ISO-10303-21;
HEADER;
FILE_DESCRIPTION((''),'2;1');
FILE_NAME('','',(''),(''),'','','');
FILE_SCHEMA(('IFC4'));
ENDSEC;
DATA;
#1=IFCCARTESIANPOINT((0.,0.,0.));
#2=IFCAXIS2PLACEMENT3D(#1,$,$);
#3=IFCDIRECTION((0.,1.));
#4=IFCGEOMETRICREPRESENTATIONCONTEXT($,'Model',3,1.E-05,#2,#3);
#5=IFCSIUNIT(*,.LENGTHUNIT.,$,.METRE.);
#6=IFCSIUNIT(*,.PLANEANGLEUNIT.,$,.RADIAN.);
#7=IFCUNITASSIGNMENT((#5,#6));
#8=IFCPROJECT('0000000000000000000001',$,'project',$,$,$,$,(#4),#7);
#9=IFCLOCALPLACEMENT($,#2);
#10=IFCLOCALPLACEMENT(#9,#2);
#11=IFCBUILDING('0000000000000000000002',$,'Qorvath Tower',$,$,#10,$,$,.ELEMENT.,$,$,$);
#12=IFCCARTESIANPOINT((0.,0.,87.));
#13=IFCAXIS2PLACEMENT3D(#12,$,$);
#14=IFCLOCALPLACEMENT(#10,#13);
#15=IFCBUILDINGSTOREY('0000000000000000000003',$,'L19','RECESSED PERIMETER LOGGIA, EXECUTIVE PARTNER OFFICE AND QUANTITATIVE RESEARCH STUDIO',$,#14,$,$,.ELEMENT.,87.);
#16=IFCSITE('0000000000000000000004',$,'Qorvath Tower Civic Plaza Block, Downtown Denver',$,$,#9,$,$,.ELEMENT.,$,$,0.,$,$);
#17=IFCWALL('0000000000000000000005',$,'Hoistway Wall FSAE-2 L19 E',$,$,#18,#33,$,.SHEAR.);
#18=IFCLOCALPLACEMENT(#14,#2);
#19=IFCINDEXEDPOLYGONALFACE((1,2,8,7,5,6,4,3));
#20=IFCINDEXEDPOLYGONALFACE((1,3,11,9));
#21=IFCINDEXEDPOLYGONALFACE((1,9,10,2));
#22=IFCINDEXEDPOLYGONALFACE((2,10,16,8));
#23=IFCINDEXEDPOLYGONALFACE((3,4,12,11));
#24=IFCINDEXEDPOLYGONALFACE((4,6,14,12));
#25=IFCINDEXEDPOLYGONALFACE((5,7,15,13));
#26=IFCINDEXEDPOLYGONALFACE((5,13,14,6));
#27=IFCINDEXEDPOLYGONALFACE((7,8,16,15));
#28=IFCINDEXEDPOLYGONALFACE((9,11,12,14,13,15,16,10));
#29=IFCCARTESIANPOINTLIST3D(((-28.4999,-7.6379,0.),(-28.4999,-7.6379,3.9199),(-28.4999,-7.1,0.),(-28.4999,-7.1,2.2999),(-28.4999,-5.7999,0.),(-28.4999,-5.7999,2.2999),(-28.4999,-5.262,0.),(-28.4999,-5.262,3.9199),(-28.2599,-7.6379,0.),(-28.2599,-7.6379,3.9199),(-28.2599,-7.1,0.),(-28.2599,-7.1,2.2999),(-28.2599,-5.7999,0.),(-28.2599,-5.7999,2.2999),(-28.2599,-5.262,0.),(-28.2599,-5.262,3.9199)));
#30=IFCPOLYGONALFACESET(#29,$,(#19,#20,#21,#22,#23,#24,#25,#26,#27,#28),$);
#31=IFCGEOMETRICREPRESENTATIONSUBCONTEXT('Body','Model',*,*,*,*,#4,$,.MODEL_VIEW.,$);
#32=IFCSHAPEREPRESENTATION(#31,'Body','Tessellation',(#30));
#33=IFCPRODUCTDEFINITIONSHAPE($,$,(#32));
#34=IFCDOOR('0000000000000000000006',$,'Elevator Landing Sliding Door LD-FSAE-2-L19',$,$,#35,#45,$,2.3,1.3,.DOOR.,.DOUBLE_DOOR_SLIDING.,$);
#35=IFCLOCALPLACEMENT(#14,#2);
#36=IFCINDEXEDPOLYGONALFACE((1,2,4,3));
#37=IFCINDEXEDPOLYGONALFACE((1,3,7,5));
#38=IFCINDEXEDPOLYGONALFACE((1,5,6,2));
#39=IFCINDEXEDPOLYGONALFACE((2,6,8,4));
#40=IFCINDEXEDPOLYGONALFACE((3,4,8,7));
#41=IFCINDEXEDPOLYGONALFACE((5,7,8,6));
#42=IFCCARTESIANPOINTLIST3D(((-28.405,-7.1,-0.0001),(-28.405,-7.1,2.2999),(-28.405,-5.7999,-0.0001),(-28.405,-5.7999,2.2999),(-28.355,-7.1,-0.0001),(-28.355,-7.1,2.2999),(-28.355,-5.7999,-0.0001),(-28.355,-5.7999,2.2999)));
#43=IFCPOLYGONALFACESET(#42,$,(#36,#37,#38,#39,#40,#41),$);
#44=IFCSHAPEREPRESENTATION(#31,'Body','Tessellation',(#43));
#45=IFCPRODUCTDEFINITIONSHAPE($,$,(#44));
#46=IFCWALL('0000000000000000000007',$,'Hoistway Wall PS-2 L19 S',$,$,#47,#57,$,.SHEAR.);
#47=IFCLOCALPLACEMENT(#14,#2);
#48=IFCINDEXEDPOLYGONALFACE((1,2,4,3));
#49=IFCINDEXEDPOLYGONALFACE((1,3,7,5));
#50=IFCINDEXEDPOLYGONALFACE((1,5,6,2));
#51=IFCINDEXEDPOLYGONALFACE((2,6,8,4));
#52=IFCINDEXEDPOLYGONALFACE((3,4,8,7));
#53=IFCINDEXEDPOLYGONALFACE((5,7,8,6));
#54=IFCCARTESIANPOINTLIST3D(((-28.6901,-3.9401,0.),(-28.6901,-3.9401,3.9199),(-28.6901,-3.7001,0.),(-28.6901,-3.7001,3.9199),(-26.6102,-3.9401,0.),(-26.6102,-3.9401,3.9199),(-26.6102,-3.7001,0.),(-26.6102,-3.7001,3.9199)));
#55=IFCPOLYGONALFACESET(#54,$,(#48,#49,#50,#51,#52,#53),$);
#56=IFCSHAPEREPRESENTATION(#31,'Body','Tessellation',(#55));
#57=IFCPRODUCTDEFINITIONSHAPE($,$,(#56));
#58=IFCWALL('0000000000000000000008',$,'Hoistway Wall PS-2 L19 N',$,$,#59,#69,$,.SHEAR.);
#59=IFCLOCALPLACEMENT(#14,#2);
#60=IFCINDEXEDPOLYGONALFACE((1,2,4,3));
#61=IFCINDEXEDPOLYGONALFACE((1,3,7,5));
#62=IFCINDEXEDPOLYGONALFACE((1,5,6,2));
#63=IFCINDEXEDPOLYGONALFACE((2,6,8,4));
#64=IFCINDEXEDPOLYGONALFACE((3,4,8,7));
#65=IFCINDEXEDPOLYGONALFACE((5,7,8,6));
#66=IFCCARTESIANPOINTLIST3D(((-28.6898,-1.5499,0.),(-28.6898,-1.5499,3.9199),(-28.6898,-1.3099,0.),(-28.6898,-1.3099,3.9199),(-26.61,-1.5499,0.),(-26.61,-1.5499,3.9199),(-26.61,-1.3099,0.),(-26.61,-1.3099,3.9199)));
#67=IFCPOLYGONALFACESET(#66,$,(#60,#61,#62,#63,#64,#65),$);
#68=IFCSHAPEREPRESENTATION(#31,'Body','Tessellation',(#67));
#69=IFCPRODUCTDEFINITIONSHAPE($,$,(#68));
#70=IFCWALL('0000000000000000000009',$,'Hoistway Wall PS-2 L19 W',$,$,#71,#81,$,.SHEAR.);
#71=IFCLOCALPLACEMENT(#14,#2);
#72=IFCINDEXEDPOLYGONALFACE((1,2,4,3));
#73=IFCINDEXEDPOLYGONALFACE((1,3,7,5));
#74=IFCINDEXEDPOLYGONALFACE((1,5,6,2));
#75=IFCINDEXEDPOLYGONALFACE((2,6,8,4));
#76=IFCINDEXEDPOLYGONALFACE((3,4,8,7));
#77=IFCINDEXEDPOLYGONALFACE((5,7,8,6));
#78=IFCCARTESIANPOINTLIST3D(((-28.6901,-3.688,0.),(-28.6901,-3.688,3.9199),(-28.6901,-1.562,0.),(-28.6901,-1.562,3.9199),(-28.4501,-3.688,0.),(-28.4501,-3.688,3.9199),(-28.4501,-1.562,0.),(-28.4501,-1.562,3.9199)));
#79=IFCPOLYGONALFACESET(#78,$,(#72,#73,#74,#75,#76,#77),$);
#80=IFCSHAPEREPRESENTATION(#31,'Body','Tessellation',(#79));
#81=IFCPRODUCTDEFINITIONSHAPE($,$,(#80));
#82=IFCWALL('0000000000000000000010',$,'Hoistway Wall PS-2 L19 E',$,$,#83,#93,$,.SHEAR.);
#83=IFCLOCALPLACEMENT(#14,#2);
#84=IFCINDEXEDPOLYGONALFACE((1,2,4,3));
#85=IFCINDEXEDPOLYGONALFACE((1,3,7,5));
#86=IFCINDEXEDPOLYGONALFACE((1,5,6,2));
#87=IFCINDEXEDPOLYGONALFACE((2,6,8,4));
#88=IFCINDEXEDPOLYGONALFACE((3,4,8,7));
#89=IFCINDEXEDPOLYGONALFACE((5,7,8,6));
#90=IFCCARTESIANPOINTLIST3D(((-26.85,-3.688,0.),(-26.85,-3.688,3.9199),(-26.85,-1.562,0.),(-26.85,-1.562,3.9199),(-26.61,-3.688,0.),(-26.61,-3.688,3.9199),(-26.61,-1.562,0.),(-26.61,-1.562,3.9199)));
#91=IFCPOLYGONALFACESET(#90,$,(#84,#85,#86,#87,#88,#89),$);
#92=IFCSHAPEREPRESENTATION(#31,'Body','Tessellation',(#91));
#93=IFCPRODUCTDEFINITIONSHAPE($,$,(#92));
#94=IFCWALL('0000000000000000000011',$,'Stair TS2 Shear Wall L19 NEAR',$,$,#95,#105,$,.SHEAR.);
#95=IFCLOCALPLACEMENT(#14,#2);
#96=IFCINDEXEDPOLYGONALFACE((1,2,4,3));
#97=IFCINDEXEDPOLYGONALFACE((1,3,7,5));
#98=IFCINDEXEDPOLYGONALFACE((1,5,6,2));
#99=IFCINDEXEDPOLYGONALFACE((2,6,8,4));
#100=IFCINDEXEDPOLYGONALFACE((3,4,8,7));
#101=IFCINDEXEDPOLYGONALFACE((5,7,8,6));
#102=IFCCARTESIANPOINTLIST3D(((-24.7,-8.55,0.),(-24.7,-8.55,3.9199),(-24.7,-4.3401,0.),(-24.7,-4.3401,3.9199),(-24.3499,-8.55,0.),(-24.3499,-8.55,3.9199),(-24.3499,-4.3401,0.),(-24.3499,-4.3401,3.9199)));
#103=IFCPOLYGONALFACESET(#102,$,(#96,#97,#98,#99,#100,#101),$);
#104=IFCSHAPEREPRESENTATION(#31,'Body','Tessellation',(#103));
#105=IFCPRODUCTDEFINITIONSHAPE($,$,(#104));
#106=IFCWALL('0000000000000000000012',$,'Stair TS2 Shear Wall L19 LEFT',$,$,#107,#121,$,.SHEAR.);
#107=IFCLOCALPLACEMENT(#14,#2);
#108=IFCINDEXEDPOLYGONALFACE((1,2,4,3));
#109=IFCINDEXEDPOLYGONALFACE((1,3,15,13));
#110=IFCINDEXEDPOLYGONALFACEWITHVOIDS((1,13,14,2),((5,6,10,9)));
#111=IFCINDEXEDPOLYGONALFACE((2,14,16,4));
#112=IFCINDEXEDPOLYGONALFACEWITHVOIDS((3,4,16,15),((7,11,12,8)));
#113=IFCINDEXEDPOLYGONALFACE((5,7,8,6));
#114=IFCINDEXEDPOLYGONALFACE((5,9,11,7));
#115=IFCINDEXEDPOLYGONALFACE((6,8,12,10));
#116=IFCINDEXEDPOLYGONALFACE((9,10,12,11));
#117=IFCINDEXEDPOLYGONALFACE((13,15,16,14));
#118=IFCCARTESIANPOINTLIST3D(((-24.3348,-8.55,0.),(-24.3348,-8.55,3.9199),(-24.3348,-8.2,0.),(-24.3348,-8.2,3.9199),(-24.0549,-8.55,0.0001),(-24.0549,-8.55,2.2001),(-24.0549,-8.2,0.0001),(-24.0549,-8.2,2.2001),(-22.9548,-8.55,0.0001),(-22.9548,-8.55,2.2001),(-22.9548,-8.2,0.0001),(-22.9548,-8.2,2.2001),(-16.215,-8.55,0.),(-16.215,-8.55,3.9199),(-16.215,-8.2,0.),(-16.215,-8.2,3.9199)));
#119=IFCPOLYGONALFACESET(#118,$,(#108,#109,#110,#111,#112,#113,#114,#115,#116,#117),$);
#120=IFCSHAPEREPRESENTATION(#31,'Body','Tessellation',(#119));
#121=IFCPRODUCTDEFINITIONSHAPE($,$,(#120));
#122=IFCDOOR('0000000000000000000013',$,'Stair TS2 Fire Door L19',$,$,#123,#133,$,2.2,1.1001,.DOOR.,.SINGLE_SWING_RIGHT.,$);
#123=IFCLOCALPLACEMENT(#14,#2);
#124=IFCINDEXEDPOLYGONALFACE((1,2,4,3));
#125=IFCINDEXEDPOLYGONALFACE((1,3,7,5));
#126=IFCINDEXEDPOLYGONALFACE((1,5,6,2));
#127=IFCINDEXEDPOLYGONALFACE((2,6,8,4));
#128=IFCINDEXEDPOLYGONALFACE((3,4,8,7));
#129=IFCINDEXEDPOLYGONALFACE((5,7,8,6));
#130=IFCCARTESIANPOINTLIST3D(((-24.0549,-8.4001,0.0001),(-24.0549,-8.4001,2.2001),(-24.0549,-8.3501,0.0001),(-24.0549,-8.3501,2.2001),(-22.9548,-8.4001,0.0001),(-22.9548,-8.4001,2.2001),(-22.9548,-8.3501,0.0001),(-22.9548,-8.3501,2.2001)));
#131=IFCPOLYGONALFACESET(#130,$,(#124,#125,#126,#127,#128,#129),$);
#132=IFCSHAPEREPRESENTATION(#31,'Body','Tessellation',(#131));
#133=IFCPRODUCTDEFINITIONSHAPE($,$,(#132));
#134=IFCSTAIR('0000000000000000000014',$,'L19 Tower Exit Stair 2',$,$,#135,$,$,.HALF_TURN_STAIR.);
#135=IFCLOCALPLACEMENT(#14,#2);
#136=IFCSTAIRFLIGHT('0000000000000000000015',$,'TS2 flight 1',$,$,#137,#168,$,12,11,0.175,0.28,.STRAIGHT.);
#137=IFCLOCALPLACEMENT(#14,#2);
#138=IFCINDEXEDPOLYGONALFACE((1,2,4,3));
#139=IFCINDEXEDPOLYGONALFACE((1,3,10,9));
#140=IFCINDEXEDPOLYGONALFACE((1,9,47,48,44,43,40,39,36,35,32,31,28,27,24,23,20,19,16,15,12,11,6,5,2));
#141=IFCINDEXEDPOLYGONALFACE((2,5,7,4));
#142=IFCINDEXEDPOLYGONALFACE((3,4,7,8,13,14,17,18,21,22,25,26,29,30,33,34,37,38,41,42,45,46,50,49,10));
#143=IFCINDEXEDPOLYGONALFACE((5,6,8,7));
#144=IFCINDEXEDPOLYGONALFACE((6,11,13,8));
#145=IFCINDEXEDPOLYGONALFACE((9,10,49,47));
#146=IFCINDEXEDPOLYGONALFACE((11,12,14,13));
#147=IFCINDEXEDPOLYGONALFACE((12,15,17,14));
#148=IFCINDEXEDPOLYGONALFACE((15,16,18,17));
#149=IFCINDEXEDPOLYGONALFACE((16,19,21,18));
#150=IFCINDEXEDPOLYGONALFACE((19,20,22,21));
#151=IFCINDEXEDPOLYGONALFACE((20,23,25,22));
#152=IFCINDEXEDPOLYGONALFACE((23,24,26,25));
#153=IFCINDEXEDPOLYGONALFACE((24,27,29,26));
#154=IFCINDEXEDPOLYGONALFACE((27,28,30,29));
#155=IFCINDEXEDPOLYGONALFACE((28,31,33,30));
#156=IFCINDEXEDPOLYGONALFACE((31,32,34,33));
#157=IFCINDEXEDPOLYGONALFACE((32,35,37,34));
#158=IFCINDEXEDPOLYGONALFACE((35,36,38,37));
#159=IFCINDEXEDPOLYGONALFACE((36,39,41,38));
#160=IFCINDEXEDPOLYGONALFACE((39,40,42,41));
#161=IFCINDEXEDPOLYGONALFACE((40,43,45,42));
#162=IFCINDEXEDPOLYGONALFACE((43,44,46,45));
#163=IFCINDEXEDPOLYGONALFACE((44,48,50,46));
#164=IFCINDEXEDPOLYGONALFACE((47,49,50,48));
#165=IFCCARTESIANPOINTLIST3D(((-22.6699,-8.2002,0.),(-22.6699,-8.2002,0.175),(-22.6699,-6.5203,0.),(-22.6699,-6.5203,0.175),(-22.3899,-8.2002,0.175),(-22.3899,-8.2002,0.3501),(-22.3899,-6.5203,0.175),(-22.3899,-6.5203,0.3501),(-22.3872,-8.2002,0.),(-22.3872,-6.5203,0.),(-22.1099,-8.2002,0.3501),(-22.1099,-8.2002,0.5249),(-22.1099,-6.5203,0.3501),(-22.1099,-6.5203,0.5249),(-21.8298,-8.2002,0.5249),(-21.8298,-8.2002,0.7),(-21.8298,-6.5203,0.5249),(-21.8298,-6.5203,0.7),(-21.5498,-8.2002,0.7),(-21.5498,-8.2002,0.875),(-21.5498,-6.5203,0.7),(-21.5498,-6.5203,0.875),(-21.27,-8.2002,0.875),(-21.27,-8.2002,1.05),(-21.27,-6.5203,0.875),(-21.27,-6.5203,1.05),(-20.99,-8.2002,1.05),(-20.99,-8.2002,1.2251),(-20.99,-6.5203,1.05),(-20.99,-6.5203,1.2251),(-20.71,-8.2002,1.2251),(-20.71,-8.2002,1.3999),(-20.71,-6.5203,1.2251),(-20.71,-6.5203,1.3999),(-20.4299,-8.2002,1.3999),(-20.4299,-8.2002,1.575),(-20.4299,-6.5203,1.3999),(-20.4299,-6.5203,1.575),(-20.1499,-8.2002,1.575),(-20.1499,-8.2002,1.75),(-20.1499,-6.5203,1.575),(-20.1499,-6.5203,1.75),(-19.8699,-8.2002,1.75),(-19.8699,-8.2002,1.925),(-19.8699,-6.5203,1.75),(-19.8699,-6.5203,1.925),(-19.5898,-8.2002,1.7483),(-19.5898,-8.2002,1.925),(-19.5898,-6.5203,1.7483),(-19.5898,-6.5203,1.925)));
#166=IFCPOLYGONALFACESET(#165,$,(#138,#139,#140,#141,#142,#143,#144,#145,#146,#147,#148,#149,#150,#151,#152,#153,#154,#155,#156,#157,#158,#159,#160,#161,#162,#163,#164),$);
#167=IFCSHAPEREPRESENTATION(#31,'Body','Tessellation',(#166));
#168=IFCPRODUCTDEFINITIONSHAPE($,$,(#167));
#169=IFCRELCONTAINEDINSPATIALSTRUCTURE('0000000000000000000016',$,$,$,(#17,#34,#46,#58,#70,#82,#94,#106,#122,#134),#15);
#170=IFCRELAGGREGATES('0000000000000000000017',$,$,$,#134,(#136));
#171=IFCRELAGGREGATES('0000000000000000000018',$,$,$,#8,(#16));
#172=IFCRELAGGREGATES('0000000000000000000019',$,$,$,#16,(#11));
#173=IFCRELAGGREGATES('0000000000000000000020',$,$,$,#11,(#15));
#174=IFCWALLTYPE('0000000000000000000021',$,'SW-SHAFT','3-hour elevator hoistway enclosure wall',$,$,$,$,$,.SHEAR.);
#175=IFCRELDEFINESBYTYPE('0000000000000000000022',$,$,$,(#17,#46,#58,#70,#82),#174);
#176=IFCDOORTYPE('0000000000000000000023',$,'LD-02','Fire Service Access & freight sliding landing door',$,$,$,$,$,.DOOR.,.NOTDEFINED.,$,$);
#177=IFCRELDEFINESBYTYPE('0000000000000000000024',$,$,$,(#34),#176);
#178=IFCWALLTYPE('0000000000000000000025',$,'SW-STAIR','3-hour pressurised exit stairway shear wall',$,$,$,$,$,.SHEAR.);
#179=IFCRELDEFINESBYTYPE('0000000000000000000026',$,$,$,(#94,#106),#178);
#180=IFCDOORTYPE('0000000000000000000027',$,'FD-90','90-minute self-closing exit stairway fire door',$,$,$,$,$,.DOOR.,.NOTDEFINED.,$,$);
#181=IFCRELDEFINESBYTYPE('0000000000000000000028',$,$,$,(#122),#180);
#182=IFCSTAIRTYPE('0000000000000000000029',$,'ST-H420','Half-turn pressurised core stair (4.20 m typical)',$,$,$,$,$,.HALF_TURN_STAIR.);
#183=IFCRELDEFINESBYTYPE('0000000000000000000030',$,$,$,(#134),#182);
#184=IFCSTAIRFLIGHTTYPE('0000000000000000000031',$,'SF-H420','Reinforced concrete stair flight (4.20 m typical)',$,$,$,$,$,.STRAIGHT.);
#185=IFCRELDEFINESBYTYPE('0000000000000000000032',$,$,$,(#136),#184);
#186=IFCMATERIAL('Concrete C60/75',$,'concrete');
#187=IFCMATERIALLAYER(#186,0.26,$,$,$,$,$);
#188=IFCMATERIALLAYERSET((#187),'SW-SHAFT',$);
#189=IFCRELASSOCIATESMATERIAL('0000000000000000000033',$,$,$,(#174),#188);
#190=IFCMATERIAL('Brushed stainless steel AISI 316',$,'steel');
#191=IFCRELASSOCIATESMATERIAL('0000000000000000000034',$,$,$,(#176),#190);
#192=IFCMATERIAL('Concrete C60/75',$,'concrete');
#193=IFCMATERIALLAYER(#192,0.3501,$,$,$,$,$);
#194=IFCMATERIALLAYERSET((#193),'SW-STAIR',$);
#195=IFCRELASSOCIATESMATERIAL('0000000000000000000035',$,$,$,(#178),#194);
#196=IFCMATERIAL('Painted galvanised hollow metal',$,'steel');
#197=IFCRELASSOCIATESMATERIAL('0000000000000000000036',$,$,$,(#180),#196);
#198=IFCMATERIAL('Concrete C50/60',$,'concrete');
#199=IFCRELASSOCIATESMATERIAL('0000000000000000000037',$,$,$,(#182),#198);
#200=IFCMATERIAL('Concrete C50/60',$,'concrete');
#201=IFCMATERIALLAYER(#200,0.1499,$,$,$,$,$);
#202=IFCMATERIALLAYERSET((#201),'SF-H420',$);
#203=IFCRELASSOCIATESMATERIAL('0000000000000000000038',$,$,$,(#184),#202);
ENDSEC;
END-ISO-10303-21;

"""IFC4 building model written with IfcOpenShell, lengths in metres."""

from ifc_helpers import new_model, si_unit, direction, frame, frame_2d, origin, place, context, subcontext, project, spatial, polyline, rectangle, outline, extrude, material, layer, layer_set, type_object, element, fill, aggregate, save


model = new_model("IFC4")

# Units and contexts
model_context = context("Model", 3, precision=1e-05, world=origin(), true_north=direction((0.0, 1.0)))
body_context = subcontext(model_context, "Body", "Model", "MODEL_VIEW")
ifc_project = project(units=[si_unit("LENGTHUNIT", "METRE"), si_unit("PLANEANGLEUNIT", "RADIAN")], contexts=[model_context])

# Site, building, storey
site_placement = place(None, origin())
site = spatial("IfcSite", under=ifc_project, at=site_placement, Name="Qorvath Tower Civic Plaza Block, Downtown Denver", CompositionType="ELEMENT", RefElevation=0.0)
building_placement = place(site_placement, origin())
building = spatial("IfcBuilding", under=site, at=building_placement, Name="Qorvath Tower", CompositionType="ELEMENT")
storey_placement = place(building_placement, frame((0.0, 0.0, 87.0)))
storey = spatial("IfcBuildingStorey", under=building, at=storey_placement, Name="L19", Description="RECESSED PERIMETER LOGGIA, EXECUTIVE PARTNER OFFICE AND QUANTITATIVE RESEARCH STUDIO", CompositionType="ELEMENT", Elevation=87.0)

# Shared definitions
ifc_material_1 = material(Name="Concrete C60/75", Category="concrete")
ifc_layer_1 = layer(ifc_material_1, 0.26)
ifc_layer_set_1 = layer_set([ifc_layer_1], Name="SW-SHAFT")
wall_type_1 = type_object("IfcWallType", Name="SW-SHAFT", Description="3-hour elevator hoistway enclosure wall", PredefinedType="SHEAR", material=ifc_layer_set_1)

# Wall, opening, door
wall_1_placement = place(storey_placement, frame((-28.3799, -5.262, 0.0), z_axis=(0.0, 0.0, 1.0), x_axis=(0.0, -1.0, 0.0)))
wall_1 = element("IfcWall", 1, at=wall_1_placement, inside=storey, type_object=wall_type_1, Name="Hoistway Wall FSAE-2 L19 E", PredefinedType="SHEAR", context=body_context, shape_type="SweptSolid", body=[
    extrude(rectangle(XDim=2.376, YDim=0.24, at=frame_2d((1.188, 0.0))), origin(), (0.0, 0.0, 1.0), 3.9199),
])
opening_1_placement = place(wall_1_placement, frame((0.5381, 0.0, 0.0)))
opening_1 = element("IfcOpeningElement", 2, at=opening_1_placement, cuts=wall_1, PredefinedType="OPENING", context=body_context, shape_type="SweptSolid", body=[
    extrude(rectangle(XDim=1.3, YDim=2.3, at=frame_2d((0.6499, 1.1499))), frame((0.0, 0.1299, 0.0), z_axis=(0.0, -1.0, 0.0), x_axis=(1.0, 0.0, 0.0)), (0.0, 0.0, 1.0), 0.26),
])
ifc_material_2 = material(Name="Brushed stainless steel AISI 316", Category="steel")
door_type_1 = type_object("IfcDoorType", Name="LD-02", Description="Fire Service Access & freight sliding landing door", OperationType="NOTDEFINED", PredefinedType="DOOR", material=ifc_material_2)
door_1_placement = place(opening_1_placement, origin())
door_1 = element("IfcDoor", 3, at=door_1_placement, inside=storey, type_object=door_type_1, Name="Elevator Landing Sliding Door LD-FSAE-2-L19", OperationType="DOUBLE_DOOR_SLIDING", OverallHeight=2.3, OverallWidth=1.3, PredefinedType="DOOR", context=body_context, shape_type="SweptSolid", body=[
    extrude(rectangle(XDim=1.3, YDim=2.3, at=frame_2d((0.6499, 1.1499))), frame((0.0, 0.0249, 0.0), z_axis=(0.0, -1.0, 0.0), x_axis=(1.0, 0.0, 0.0)), (0.0, 0.0, 1.0), 0.05),
])
fill(opening_1, door_1)

# Walls
for number, where, z_axis, x_axis, name in (
    (4, (-26.6101, -3.8201, 0.0), (0.0, 0.0, 1.0), (-1.0, 0.0, 0.0), "Hoistway Wall PS-2 L19 S"),
    (5, (-28.6899, -1.4299, 0.0), (0.0, 0.0, 1.0), (1.0, 0.0, 0.0), "Hoistway Wall PS-2 L19 N"),
):
    element("IfcWall", number, at=place(storey_placement, frame(where, z_axis=z_axis, x_axis=x_axis)), inside=storey, type_object=wall_type_1, Name=name, PredefinedType="SHEAR", context=body_context, shape_type="SweptSolid", body=[
        extrude(rectangle(XDim=2.0798, YDim=0.24, at=frame_2d((1.04, 0.0))), origin(), (0.0, 0.0, 1.0), 3.9199),
    ])
for number, where, z_axis, x_axis, name in (
    (6, (-28.5701, -3.688, 0.0), (0.0, 0.0, 1.0), (0.0, 1.0, 0.0), "Hoistway Wall PS-2 L19 W"),
    (7, (-26.73, -1.562, 0.0), (0.0, 0.0, 1.0), (0.0, -1.0, 0.0), "Hoistway Wall PS-2 L19 E"),
):
    element("IfcWall", number, at=place(storey_placement, frame(where, z_axis=z_axis, x_axis=x_axis)), inside=storey, type_object=wall_type_1, Name=name, PredefinedType="SHEAR", context=body_context, shape_type="SweptSolid", body=[
        extrude(rectangle(XDim=2.126, YDim=0.24, at=frame_2d((1.063, 0.0))), origin(), (0.0, 0.0, 1.0), 3.9199),
    ])
ifc_material_3 = material(Name="Concrete C60/75", Category="concrete")
ifc_layer_2 = layer(ifc_material_3, 0.3501)
ifc_layer_set_2 = layer_set([ifc_layer_2], Name="SW-STAIR")
wall_type_2 = type_object("IfcWallType", Name="SW-STAIR", Description="3-hour pressurised exit stairway shear wall", PredefinedType="SHEAR", material=ifc_layer_set_2)
wall_2_placement = place(storey_placement, frame((-24.5249, -4.3401, 0.0), z_axis=(0.0, 0.0, 1.0), x_axis=(0.0, -1.0, 0.0)))
element("IfcWall", 8, at=wall_2_placement, inside=storey, type_object=wall_type_2, Name="Stair TS2 Shear Wall L19 NEAR", PredefinedType="SHEAR", context=body_context, shape_type="SweptSolid", body=[
    extrude(rectangle(XDim=4.21, YDim=0.3501, at=frame_2d((2.105, 0.0))), origin(), (0.0, 0.0, 1.0), 3.9199),
])

# Wall, opening, door
wall_3_placement = place(storey_placement, frame((-24.335, -8.375, 0.0), z_axis=(0.0, 0.0, 1.0), x_axis=(1.0, 0.0, 0.0)))
wall_3 = element("IfcWall", 9, at=wall_3_placement, inside=storey, type_object=wall_type_2, Name="Stair TS2 Shear Wall L19 LEFT", PredefinedType="SHEAR", context=body_context, shape_type="SweptSolid", body=[
    extrude(rectangle(XDim=8.1199, YDim=0.3501, at=frame_2d((4.0601, 0.0))), origin(), (0.0, 0.0, 1.0), 3.9199),
])
opening_2_placement = place(wall_3_placement, frame((0.28, 0.0, 0.0)))
opening_2 = element("IfcOpeningElement", 10, at=opening_2_placement, cuts=wall_3, PredefinedType="OPENING", context=body_context, shape_type="SweptSolid", body=[
    extrude(rectangle(XDim=1.1001, YDim=2.2, at=frame_2d((0.55, 1.1001))), frame((0.0, 0.1851, 0.0), z_axis=(0.0, -1.0, 0.0), x_axis=(1.0, 0.0, 0.0)), (0.0, 0.0, 1.0), 0.3701),
])
ifc_material_4 = material(Name="Painted galvanised hollow metal", Category="steel")
door_type_2 = type_object("IfcDoorType", Name="FD-90", Description="90-minute self-closing exit stairway fire door", OperationType="NOTDEFINED", PredefinedType="DOOR", material=ifc_material_4)
door_2_placement = place(opening_2_placement, origin())
door_2 = element("IfcDoor", 11, at=door_2_placement, inside=storey, type_object=door_type_2, Name="Stair TS2 Fire Door L19", OperationType="SINGLE_SWING_RIGHT", OverallHeight=2.2, OverallWidth=1.1001, PredefinedType="DOOR", context=body_context, shape_type="SweptSolid", body=[
    extrude(rectangle(XDim=1.1001, YDim=2.2, at=frame_2d((0.55, 1.1001))), frame((0.0, 0.0249, 0.0), z_axis=(0.0, -1.0, 0.0), x_axis=(1.0, 0.0, 0.0)), (0.0, 0.0, 1.0), 0.05),
])
fill(opening_2, door_2)

# Stair, stair flight
ifc_material_5 = material(Name="Concrete C50/60", Category="concrete")
stair_type = type_object("IfcStairType", Name="ST-H420", Description="Half-turn pressurised core stair (4.20 m typical)", PredefinedType="HALF_TURN_STAIR", material=ifc_material_5)
stair_placement = place(storey_placement, origin())
stair = element("IfcStair", 12, at=stair_placement, inside=storey, type_object=stair_type, Name="L19 Tower Exit Stair 2", PredefinedType="HALF_TURN_STAIR")
ifc_material_6 = material(Name="Concrete C50/60", Category="concrete")
ifc_layer_3 = layer(ifc_material_6, 0.1499)
ifc_layer_set_3 = layer_set([ifc_layer_3], Name="SF-H420")
stair_flight_type = type_object("IfcStairFlightType", Name="SF-H420", Description="Reinforced concrete stair flight (4.20 m typical)", PredefinedType="STRAIGHT", material=ifc_layer_set_3)
stair_flight_placement = place(storey_placement, frame((-22.6699, -7.3601, 0.0), z_axis=(0.0, 0.0, 1.0), x_axis=(1.0, 0.0, 0.0)))
stair_flight = element("IfcStairFlight", 13, at=stair_flight_placement, type_object=stair_flight_type, Name="TS2 flight 1", NumberOfRisers=12, NumberOfTreads=11, PredefinedType="STRAIGHT", RiserHeight=0.175, TreadLength=0.28, context=body_context, shape_type="SweptSolid", body=[
    extrude(outline(polyline([(0.0, 0.0), (0.0, 0.175), (0.28, 0.175), (0.28, 0.3501), (0.5601, 0.3501), (0.5601, 0.5249), (0.8401, 0.5249), (0.8401, 0.7), (1.1201, 0.7), (1.1201, 0.875), (1.3999, 0.875), (1.3999, 1.05), (1.6799, 1.05), (1.6799, 1.2251), (1.96, 1.2251), (1.96, 1.3999), (2.24, 1.3999), (2.24, 1.575), (2.52, 1.575), (2.52, 1.75), (2.8, 1.75), (2.8, 1.925), (3.0801, 1.925), (3.0801, 2.1001), (3.0801, 1.7483), (0.2827, 0.0), (0.0, 0.0)])), frame((0.0, 0.8398, 0.0), z_axis=(0.0, -1.0, 0.0), x_axis=(1.0, 0.0, 0.0)), (0.0, 0.0, 1.0), 1.6799),
])
aggregate(stair, [stair_flight])

save(model, "model.ifc")
